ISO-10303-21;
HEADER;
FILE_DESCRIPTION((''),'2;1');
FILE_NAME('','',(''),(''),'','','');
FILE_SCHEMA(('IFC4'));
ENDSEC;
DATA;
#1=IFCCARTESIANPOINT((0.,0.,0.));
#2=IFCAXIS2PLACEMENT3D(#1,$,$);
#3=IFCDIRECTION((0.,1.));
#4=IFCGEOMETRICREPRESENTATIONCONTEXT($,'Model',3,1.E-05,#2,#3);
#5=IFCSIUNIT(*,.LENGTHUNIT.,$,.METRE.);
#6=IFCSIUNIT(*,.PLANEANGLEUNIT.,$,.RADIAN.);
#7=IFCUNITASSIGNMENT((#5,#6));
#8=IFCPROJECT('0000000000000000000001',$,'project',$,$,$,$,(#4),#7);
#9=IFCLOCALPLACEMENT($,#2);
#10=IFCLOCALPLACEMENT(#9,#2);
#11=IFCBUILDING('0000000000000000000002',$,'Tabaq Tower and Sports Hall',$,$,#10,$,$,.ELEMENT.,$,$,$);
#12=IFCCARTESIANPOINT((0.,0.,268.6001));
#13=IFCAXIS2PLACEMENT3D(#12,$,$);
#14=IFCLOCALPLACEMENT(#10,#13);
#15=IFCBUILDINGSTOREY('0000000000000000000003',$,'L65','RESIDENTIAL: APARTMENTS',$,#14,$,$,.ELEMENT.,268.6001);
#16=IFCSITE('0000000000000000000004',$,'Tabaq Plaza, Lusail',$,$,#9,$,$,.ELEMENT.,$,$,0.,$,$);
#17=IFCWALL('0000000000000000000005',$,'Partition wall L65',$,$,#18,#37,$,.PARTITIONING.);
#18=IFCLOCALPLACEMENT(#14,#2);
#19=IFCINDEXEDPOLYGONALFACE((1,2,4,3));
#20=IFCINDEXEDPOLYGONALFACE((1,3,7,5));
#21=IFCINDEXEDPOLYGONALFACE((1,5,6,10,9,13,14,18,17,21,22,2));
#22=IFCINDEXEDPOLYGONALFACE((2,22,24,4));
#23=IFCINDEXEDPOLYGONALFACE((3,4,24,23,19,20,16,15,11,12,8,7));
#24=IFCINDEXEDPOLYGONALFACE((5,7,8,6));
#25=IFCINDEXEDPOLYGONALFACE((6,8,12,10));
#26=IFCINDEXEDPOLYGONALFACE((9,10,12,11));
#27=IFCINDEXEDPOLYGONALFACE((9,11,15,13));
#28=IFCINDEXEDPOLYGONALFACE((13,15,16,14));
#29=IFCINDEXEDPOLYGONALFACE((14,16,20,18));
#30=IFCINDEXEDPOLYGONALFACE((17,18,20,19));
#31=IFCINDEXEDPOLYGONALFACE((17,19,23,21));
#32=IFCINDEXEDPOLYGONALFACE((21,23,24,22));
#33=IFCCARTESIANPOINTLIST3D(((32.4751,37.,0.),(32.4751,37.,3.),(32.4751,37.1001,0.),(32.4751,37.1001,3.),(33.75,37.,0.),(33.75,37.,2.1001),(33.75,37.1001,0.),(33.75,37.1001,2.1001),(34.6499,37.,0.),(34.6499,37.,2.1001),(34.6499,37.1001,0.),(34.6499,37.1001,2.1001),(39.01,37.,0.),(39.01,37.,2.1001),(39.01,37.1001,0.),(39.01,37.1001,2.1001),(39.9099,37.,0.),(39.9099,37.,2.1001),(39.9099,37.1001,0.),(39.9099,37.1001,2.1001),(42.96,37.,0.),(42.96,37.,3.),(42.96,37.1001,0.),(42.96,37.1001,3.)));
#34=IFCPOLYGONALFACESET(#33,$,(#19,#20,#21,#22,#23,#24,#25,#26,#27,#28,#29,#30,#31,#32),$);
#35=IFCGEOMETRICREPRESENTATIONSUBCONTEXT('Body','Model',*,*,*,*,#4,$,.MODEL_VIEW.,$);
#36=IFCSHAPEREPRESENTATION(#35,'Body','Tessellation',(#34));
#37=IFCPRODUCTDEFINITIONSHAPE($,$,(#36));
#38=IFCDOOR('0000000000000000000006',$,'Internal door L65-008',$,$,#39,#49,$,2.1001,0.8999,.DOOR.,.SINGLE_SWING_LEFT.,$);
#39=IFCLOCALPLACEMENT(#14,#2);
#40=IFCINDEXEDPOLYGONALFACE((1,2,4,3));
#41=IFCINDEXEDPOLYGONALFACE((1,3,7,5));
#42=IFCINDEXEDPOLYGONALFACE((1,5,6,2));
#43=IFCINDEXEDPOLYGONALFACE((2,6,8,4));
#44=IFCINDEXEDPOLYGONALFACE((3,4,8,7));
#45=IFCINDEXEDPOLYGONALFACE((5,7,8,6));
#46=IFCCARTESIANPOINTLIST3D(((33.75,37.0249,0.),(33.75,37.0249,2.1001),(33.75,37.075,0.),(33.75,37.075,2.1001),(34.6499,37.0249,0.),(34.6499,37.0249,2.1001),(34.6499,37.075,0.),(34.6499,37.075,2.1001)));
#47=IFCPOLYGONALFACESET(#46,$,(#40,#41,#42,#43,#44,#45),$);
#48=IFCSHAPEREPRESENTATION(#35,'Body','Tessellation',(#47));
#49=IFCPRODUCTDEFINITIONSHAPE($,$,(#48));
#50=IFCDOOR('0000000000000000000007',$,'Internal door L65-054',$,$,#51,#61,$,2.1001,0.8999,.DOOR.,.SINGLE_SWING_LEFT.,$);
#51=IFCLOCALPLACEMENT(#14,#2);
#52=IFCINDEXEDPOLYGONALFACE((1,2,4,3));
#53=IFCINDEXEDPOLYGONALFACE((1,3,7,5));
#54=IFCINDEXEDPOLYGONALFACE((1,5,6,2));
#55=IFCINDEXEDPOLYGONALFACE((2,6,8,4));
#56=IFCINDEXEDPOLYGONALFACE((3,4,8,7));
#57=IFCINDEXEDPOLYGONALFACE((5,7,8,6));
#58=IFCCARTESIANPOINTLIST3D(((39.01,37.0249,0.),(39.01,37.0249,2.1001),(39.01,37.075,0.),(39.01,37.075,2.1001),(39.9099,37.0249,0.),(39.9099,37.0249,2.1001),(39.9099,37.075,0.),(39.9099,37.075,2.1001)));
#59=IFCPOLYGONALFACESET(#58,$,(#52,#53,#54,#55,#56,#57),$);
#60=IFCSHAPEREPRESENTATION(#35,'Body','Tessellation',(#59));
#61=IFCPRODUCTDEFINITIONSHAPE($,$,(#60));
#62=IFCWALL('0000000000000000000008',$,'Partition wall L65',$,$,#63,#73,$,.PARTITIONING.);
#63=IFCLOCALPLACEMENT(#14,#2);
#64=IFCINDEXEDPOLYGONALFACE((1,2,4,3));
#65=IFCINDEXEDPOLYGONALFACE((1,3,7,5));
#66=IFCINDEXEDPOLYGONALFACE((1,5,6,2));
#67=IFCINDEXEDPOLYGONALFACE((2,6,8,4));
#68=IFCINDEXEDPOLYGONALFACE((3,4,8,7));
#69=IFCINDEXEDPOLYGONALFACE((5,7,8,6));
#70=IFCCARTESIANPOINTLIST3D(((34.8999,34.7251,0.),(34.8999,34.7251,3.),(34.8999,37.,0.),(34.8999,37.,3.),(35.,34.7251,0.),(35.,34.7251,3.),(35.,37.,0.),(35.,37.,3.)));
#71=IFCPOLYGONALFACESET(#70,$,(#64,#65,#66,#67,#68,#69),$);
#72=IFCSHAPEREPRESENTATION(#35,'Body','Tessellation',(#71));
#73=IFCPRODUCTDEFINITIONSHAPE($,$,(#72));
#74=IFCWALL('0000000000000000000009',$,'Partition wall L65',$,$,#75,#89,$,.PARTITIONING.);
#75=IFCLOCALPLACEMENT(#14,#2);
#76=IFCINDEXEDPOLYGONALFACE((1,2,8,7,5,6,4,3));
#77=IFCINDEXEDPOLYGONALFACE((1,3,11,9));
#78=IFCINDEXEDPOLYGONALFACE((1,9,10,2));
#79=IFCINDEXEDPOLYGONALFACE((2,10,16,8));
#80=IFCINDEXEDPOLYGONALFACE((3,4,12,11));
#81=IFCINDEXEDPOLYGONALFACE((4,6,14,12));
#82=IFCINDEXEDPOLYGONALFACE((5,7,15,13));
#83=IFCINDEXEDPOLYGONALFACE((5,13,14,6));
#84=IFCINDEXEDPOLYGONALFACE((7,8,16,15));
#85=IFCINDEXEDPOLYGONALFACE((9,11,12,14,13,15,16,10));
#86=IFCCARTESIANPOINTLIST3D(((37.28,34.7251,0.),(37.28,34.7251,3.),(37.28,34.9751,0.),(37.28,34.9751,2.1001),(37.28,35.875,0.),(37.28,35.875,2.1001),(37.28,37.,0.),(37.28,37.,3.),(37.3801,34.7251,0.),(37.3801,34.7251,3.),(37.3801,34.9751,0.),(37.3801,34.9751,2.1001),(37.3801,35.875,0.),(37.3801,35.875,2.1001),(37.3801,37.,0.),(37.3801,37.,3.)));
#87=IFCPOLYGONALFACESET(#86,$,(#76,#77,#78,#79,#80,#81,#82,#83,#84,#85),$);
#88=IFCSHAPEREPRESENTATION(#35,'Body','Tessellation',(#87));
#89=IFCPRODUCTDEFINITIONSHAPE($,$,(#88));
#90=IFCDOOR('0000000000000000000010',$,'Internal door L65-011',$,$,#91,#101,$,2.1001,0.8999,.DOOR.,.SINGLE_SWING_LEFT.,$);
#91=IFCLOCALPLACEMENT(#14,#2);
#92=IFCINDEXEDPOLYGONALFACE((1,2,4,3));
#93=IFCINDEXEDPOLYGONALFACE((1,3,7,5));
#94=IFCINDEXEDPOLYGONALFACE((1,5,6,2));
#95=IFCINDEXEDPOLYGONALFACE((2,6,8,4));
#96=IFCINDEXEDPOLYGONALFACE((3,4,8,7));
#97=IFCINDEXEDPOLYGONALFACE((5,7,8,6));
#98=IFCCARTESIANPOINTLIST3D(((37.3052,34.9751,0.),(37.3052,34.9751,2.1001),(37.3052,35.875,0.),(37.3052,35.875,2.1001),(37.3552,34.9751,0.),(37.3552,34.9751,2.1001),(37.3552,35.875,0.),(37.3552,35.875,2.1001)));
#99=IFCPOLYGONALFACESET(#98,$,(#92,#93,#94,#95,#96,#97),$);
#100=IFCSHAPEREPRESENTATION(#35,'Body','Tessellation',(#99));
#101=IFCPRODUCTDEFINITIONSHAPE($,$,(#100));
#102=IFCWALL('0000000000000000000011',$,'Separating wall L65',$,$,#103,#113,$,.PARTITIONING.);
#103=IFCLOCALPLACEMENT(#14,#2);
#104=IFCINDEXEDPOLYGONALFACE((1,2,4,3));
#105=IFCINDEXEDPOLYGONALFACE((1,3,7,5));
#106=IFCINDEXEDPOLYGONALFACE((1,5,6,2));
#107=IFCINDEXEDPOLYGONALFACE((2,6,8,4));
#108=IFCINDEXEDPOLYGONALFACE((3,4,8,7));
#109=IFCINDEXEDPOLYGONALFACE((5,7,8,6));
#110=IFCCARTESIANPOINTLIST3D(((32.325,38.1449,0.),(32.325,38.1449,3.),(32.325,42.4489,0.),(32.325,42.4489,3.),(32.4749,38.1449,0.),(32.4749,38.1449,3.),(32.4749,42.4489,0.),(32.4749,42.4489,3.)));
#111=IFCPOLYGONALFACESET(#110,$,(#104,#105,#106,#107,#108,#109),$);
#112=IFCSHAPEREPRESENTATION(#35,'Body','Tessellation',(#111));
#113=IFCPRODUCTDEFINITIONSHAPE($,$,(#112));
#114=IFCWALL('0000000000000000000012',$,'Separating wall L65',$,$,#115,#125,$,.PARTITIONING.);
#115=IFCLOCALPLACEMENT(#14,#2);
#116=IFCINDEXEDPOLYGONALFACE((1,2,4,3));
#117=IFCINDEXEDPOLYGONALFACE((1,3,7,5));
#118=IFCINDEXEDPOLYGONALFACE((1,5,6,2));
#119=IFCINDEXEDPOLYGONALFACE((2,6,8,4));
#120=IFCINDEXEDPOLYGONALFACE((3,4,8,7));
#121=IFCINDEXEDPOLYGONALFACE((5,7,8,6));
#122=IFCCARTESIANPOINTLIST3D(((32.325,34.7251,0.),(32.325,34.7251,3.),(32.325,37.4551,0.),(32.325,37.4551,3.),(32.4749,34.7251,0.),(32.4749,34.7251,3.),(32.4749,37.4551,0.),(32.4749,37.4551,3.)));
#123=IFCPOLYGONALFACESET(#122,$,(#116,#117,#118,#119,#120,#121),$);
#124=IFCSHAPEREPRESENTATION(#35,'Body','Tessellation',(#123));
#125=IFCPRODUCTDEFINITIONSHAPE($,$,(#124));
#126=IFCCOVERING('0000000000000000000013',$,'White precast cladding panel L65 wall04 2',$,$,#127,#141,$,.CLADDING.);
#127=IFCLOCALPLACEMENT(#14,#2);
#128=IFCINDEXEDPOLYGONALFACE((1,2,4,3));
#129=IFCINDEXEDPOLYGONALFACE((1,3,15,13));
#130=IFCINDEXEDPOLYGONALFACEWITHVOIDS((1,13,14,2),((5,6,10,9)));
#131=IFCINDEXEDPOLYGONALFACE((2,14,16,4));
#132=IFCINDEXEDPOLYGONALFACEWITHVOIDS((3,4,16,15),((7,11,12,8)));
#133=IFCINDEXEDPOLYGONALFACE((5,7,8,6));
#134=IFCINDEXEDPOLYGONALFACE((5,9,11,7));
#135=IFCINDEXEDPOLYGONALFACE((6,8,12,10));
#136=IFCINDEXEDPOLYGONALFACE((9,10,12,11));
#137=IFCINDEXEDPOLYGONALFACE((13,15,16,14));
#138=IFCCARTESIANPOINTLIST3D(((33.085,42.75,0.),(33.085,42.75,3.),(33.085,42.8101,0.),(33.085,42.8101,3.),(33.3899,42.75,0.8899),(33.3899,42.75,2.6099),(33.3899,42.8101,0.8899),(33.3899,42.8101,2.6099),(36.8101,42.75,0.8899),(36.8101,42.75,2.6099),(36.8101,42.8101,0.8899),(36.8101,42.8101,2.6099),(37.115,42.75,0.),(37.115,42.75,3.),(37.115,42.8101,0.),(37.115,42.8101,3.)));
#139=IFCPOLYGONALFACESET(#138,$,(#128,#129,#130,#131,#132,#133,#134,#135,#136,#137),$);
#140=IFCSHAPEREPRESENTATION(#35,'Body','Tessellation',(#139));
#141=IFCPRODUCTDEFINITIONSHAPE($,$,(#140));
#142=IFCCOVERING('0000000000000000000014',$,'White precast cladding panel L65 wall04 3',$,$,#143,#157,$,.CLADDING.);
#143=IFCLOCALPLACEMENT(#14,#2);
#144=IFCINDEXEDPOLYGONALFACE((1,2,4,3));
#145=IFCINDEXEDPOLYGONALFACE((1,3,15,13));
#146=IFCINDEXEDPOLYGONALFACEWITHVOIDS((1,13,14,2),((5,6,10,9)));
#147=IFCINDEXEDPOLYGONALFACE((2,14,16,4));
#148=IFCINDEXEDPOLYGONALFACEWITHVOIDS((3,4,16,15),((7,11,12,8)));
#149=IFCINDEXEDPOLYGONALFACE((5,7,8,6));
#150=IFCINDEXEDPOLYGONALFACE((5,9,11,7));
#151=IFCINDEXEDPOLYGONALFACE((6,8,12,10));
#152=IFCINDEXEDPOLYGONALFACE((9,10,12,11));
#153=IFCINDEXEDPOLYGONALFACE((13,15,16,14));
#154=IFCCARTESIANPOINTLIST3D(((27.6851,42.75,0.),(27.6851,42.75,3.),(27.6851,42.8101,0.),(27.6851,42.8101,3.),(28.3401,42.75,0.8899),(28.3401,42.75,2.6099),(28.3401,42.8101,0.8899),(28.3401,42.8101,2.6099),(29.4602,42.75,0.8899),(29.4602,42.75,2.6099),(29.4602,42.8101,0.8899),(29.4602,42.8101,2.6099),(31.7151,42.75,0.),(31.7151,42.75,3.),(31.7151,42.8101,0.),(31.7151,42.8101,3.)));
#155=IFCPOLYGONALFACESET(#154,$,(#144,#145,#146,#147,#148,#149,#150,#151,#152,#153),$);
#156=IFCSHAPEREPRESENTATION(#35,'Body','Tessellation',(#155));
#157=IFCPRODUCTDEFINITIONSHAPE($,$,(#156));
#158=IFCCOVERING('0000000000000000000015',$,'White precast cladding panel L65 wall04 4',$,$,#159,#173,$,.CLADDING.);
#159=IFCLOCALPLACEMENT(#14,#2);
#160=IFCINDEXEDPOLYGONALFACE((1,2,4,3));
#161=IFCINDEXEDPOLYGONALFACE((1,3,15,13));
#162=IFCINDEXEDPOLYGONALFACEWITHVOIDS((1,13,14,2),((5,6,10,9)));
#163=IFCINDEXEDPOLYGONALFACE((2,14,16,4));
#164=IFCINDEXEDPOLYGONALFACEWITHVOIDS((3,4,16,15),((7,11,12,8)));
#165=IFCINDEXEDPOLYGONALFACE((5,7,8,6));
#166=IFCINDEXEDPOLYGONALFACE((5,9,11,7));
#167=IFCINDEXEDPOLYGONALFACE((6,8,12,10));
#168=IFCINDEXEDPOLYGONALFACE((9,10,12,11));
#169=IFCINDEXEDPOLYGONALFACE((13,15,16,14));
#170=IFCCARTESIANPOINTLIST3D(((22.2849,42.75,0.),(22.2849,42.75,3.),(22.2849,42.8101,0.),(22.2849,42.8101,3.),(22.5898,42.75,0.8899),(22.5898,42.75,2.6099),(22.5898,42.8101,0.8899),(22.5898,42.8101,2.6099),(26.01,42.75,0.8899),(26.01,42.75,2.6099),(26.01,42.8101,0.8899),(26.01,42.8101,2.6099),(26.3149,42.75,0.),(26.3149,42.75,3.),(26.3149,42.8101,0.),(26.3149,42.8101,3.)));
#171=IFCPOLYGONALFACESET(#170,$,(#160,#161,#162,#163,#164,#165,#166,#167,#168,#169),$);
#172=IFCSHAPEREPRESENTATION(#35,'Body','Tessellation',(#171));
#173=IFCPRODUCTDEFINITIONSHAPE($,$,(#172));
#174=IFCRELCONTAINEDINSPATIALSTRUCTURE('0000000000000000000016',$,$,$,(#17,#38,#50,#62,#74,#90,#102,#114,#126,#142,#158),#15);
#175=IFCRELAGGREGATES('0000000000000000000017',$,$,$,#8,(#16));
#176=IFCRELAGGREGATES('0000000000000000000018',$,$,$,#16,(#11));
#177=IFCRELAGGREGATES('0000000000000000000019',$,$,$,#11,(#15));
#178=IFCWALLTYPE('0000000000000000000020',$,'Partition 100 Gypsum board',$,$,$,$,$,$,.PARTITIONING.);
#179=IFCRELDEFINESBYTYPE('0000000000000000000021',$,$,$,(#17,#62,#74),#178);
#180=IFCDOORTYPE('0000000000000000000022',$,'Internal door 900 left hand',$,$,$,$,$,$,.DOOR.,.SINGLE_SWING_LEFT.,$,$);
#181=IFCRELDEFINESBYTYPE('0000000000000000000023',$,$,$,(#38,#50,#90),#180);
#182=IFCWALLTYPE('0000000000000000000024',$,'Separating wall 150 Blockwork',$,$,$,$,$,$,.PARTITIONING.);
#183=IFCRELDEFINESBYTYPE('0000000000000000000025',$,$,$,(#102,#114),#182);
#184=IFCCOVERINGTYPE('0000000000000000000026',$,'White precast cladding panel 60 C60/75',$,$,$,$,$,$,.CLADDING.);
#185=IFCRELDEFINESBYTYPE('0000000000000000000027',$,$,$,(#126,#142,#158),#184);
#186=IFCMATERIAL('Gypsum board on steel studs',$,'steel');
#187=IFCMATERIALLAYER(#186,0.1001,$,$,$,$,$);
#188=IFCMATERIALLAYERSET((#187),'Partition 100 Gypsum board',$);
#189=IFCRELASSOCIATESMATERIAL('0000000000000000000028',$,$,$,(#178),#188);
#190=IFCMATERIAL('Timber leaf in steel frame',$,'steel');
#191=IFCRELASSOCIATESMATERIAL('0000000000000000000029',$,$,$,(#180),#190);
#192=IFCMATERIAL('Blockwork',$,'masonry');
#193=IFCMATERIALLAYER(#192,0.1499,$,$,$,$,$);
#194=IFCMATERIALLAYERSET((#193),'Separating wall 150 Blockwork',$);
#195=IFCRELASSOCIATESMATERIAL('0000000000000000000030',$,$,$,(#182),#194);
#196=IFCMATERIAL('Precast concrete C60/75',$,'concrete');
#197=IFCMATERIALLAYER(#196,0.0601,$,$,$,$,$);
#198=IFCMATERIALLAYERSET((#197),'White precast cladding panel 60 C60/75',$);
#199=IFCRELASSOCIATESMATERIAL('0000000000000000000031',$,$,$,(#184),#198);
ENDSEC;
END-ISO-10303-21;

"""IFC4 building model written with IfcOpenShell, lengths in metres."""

from ifc_helpers import new_model, si_unit, direction, frame, frame_2d, origin, place, context, subcontext, project, spatial, polyline, rectangle, outline, extrude, material, layer, layer_set, type_object, element, fill, save


model = new_model("IFC4")

# Units and contexts
model_context = context("Model", 3, precision=1e-05, world=origin(), true_north=direction((0.0, 1.0)))
body_context = subcontext(model_context, "Body", "Model", "MODEL_VIEW")
ifc_project = project(units=[si_unit("LENGTHUNIT", "METRE"), si_unit("PLANEANGLEUNIT", "RADIAN")], contexts=[model_context])

# Site, building, storey
site_placement = place(None, origin())
site = spatial("IfcSite", under=ifc_project, at=site_placement, Name="Tabaq Plaza, Lusail", CompositionType="ELEMENT", RefElevation=0.0)
building_placement = place(site_placement, origin())
building = spatial("IfcBuilding", under=site, at=building_placement, Name="Tabaq Tower and Sports Hall", CompositionType="ELEMENT")
storey_placement = place(building_placement, frame((0.0, 0.0, 268.6001)))
storey = spatial("IfcBuildingStorey", under=building, at=storey_placement, Name="L65", Description="RESIDENTIAL: APARTMENTS", CompositionType="ELEMENT", Elevation=268.6001)

# Shared definitions
ifc_material_1 = material(Name="Gypsum board on steel studs", Category="steel")
ifc_layer_1 = layer(ifc_material_1, 0.1001)
ifc_layer_set_1 = layer_set([ifc_layer_1], Name="Partition 100 Gypsum board")
wall_type_1 = type_object("IfcWallType", Name="Partition 100 Gypsum board", PredefinedType="PARTITIONING", material=ifc_layer_set_1)

# Shared definitions
ifc_material_2 = material(Name="Timber leaf in steel frame", Category="steel")
door_type = type_object("IfcDoorType", Name="Internal door 900 left hand", OperationType="SINGLE_SWING_LEFT", PredefinedType="DOOR", material=ifc_material_2)

# Wall, openings, doors
wall_1_placement = place(storey_placement, frame((32.4751, 37.05, 0.0), z_axis=(0.0, 0.0, 1.0), x_axis=(1.0, 0.0, 0.0)))
wall_1 = element("IfcWall", 1, at=wall_1_placement, inside=storey, type_object=wall_type_1, Name="Partition wall L65", PredefinedType="PARTITIONING", context=body_context, shape_type="SweptSolid", body=[
    extrude(rectangle(XDim=10.4849, YDim=0.1001, at=frame_2d((5.2424, 0.0))), origin(), (0.0, 0.0, 1.0), 3.0),
])
opening_1_placement = place(wall_1_placement, frame((1.2749, 0.0, 0.0)))
opening_1 = element("IfcOpeningElement", 2, at=opening_1_placement, cuts=wall_1, PredefinedType="OPENING", context=body_context, shape_type="SweptSolid", body=[
    extrude(rectangle(XDim=0.8999, YDim=2.1001, at=frame_2d((0.45, 1.05))), frame((0.0, 0.05, 0.0), z_axis=(0.0, -1.0, 0.0), x_axis=(1.0, 0.0, 0.0)), (0.0, 0.0, 1.0), 0.1001),
])
opening_2_placement = place(wall_1_placement, frame((6.5349, 0.0, 0.0)))
opening_2 = element("IfcOpeningElement", 3, at=opening_2_placement, cuts=wall_1, PredefinedType="OPENING", context=body_context, shape_type="SweptSolid", body=[
    extrude(rectangle(XDim=0.8999, YDim=2.1001, at=frame_2d((0.45, 1.05))), frame((0.0, 0.05, 0.0), z_axis=(0.0, -1.0, 0.0), x_axis=(1.0, 0.0, 0.0)), (0.0, 0.0, 1.0), 0.1001),
])
door_1_placement = place(opening_1_placement, origin())
door_1 = element("IfcDoor", 4, at=door_1_placement, inside=storey, type_object=door_type, Name="Internal door L65-008", OperationType="SINGLE_SWING_LEFT", OverallHeight=2.1001, OverallWidth=0.8999, PredefinedType="DOOR", context=body_context, shape_type="SweptSolid", body=[
    extrude(rectangle(XDim=0.8999, YDim=2.1001, at=frame_2d((0.45, 1.05))), frame((0.0, 0.0249, 0.0), z_axis=(0.0, -1.0, 0.0), x_axis=(1.0, 0.0, 0.0)), (0.0, 0.0, 1.0), 0.05),
])
fill(opening_1, door_1)
door_2_placement = place(opening_2_placement, origin())
door_2 = element("IfcDoor", 5, at=door_2_placement, inside=storey, type_object=door_type, Name="Internal door L65-054", OperationType="SINGLE_SWING_LEFT", OverallHeight=2.1001, OverallWidth=0.8999, PredefinedType="DOOR", context=body_context, shape_type="SweptSolid", body=[
    extrude(rectangle(XDim=0.8999, YDim=2.1001, at=frame_2d((0.45, 1.05))), frame((0.0, 0.0249, 0.0), z_axis=(0.0, -1.0, 0.0), x_axis=(1.0, 0.0, 0.0)), (0.0, 0.0, 1.0), 0.05),
])
fill(opening_2, door_2)

# Wall
wall_2_placement = place(storey_placement, frame((34.95, 34.7251, 0.0), z_axis=(0.0, 0.0, 1.0), x_axis=(0.0, 1.0, 0.0)))
element("IfcWall", 6, at=wall_2_placement, inside=storey, type_object=wall_type_1, Name="Partition wall L65", PredefinedType="PARTITIONING", context=body_context, shape_type="SweptSolid", body=[
    extrude(rectangle(XDim=2.2749, YDim=0.1001, at=frame_2d((1.1375, 0.0))), origin(), (0.0, 0.0, 1.0), 3.0),
])

# Wall, opening, door
wall_3_placement = place(storey_placement, frame((37.3301, 34.7251, 0.0), z_axis=(0.0, 0.0, 1.0), x_axis=(0.0, 1.0, 0.0)))
wall_3 = element("IfcWall", 7, at=wall_3_placement, inside=storey, type_object=wall_type_1, Name="Partition wall L65", PredefinedType="PARTITIONING", context=body_context, shape_type="SweptSolid", body=[
    extrude(rectangle(XDim=2.2749, YDim=0.1001, at=frame_2d((1.1375, 0.0))), origin(), (0.0, 0.0, 1.0), 3.0),
])
opening_3_placement = place(wall_3_placement, frame((0.25, 0.0, 0.0)))
opening_3 = element("IfcOpeningElement", 8, at=opening_3_placement, cuts=wall_3, PredefinedType="OPENING", context=body_context, shape_type="SweptSolid", body=[
    extrude(rectangle(XDim=0.8999, YDim=2.1001, at=frame_2d((0.45, 1.05))), frame((0.0, 0.05, 0.0), z_axis=(0.0, -1.0, 0.0), x_axis=(1.0, 0.0, 0.0)), (0.0, 0.0, 1.0), 0.1001),
])
door_3_placement = place(opening_3_placement, origin())
door_3 = element("IfcDoor", 9, at=door_3_placement, inside=storey, type_object=door_type, Name="Internal door L65-011", OperationType="SINGLE_SWING_LEFT", OverallHeight=2.1001, OverallWidth=0.8999, PredefinedType="DOOR", context=body_context, shape_type="SweptSolid", body=[
    extrude(rectangle(XDim=0.8999, YDim=2.1001, at=frame_2d((0.45, 1.05))), frame((0.0, 0.0249, 0.0), z_axis=(0.0, -1.0, 0.0), x_axis=(1.0, 0.0, 0.0)), (0.0, 0.0, 1.0), 0.05),
])
fill(opening_3, door_3)

# Walls
ifc_material_3 = material(Name="Blockwork", Category="masonry")
ifc_layer_2 = layer(ifc_material_3, 0.1499)
ifc_layer_set_2 = layer_set([ifc_layer_2], Name="Separating wall 150 Blockwork")
wall_type_2 = type_object("IfcWallType", Name="Separating wall 150 Blockwork", PredefinedType="PARTITIONING", material=ifc_layer_set_2)
wall_4_placement = place(storey_placement, frame((32.3999, 38.145, 0.0), z_axis=(0.0, 0.0, 1.0), x_axis=(0.0, 1.0, 0.0)))
element("IfcWall", 10, at=wall_4_placement, inside=storey, type_object=wall_type_2, Name="Separating wall L65", PredefinedType="PARTITIONING", context=body_context, shape_type="SweptSolid", body=[
    extrude(rectangle(XDim=4.304, YDim=0.1499, at=frame_2d((2.1519, 0.0))), origin(), (0.0, 0.0, 1.0), 3.0),
])
wall_5_placement = place(storey_placement, frame((32.3999, 34.7251, 0.0), z_axis=(0.0, 0.0, 1.0), x_axis=(0.0, 1.0, 0.0)))
element("IfcWall", 11, at=wall_5_placement, inside=storey, type_object=wall_type_2, Name="Separating wall L65", PredefinedType="PARTITIONING", context=body_context, shape_type="SweptSolid", body=[
    extrude(rectangle(XDim=2.73, YDim=0.1499, at=frame_2d((1.365, 0.0))), origin(), (0.0, 0.0, 1.0), 3.0),
])

# Coverings
ifc_material_4 = material(Name="Precast concrete C60/75", Category="concrete")
ifc_layer_3 = layer(ifc_material_4, 0.0601)
ifc_layer_set_3 = layer_set([ifc_layer_3], Name="White precast cladding panel 60 C60/75")
covering_type = type_object("IfcCoveringType", Name="White precast cladding panel 60 C60/75", PredefinedType="CLADDING", material=ifc_layer_set_3)
covering_1_placement = place(storey_placement, frame((37.115, 42.78, 0.0), z_axis=(0.0, 0.0, 1.0), x_axis=(-1.0, 0.0, 0.0)))
element("IfcCovering", 12, at=covering_1_placement, inside=storey, type_object=covering_type, Name="White precast cladding panel L65 wall04 2", PredefinedType="CLADDING", context=body_context, shape_type="SweptSolid", body=[
    extrude(outline(polyline([(0.0, 0.0), (4.03, 0.0), (4.03, 3.0), (0.0, 3.0), (0.0, 0.0)]), holes=[polyline([(0.3049, 0.8899), (0.3049, 2.6099), (3.7251, 2.6099), (3.7251, 0.8899), (0.3049, 0.8899)])]), frame((0.0, 0.03, 0.0), z_axis=(0.0, -1.0, 0.0), x_axis=(1.0, 0.0, 0.0)), (0.0, 0.0, 1.0), 0.0601),
])
covering_2_placement = place(storey_placement, frame((31.7151, 42.78, 0.0), z_axis=(0.0, 0.0, 1.0), x_axis=(-1.0, 0.0, 0.0)))
element("IfcCovering", 13, at=covering_2_placement, inside=storey, type_object=covering_type, Name="White precast cladding panel L65 wall04 3", PredefinedType="CLADDING", context=body_context, shape_type="SweptSolid", body=[
    extrude(outline(polyline([(0.0, 0.0), (4.03, 0.0), (4.03, 3.0), (0.0, 3.0), (0.0, 0.0)]), holes=[polyline([(2.2549, 0.8899), (2.2549, 2.6099), (3.375, 2.6099), (3.375, 0.8899), (2.2549, 0.8899)])]), frame((0.0, 0.03, 0.0), z_axis=(0.0, -1.0, 0.0), x_axis=(1.0, 0.0, 0.0)), (0.0, 0.0, 1.0), 0.0601),
])
covering_3_placement = place(storey_placement, frame((26.3149, 42.78, 0.0), z_axis=(0.0, 0.0, 1.0), x_axis=(-1.0, 0.0, 0.0)))
element("IfcCovering", 14, at=covering_3_placement, inside=storey, type_object=covering_type, Name="White precast cladding panel L65 wall04 4", PredefinedType="CLADDING", context=body_context, shape_type="SweptSolid", body=[
    extrude(outline(polyline([(0.0, 0.0), (4.03, 0.0), (4.03, 3.0), (0.0, 3.0), (0.0, 0.0)]), holes=[polyline([(0.3049, 0.8899), (0.3049, 2.6099), (3.7251, 2.6099), (3.7251, 0.8899), (0.3049, 0.8899)])]), frame((0.0, 0.03, 0.0), z_axis=(0.0, -1.0, 0.0), x_axis=(1.0, 0.0, 0.0)), (0.0, 0.0, 1.0), 0.0601),
])

save(model, "model.ifc")
